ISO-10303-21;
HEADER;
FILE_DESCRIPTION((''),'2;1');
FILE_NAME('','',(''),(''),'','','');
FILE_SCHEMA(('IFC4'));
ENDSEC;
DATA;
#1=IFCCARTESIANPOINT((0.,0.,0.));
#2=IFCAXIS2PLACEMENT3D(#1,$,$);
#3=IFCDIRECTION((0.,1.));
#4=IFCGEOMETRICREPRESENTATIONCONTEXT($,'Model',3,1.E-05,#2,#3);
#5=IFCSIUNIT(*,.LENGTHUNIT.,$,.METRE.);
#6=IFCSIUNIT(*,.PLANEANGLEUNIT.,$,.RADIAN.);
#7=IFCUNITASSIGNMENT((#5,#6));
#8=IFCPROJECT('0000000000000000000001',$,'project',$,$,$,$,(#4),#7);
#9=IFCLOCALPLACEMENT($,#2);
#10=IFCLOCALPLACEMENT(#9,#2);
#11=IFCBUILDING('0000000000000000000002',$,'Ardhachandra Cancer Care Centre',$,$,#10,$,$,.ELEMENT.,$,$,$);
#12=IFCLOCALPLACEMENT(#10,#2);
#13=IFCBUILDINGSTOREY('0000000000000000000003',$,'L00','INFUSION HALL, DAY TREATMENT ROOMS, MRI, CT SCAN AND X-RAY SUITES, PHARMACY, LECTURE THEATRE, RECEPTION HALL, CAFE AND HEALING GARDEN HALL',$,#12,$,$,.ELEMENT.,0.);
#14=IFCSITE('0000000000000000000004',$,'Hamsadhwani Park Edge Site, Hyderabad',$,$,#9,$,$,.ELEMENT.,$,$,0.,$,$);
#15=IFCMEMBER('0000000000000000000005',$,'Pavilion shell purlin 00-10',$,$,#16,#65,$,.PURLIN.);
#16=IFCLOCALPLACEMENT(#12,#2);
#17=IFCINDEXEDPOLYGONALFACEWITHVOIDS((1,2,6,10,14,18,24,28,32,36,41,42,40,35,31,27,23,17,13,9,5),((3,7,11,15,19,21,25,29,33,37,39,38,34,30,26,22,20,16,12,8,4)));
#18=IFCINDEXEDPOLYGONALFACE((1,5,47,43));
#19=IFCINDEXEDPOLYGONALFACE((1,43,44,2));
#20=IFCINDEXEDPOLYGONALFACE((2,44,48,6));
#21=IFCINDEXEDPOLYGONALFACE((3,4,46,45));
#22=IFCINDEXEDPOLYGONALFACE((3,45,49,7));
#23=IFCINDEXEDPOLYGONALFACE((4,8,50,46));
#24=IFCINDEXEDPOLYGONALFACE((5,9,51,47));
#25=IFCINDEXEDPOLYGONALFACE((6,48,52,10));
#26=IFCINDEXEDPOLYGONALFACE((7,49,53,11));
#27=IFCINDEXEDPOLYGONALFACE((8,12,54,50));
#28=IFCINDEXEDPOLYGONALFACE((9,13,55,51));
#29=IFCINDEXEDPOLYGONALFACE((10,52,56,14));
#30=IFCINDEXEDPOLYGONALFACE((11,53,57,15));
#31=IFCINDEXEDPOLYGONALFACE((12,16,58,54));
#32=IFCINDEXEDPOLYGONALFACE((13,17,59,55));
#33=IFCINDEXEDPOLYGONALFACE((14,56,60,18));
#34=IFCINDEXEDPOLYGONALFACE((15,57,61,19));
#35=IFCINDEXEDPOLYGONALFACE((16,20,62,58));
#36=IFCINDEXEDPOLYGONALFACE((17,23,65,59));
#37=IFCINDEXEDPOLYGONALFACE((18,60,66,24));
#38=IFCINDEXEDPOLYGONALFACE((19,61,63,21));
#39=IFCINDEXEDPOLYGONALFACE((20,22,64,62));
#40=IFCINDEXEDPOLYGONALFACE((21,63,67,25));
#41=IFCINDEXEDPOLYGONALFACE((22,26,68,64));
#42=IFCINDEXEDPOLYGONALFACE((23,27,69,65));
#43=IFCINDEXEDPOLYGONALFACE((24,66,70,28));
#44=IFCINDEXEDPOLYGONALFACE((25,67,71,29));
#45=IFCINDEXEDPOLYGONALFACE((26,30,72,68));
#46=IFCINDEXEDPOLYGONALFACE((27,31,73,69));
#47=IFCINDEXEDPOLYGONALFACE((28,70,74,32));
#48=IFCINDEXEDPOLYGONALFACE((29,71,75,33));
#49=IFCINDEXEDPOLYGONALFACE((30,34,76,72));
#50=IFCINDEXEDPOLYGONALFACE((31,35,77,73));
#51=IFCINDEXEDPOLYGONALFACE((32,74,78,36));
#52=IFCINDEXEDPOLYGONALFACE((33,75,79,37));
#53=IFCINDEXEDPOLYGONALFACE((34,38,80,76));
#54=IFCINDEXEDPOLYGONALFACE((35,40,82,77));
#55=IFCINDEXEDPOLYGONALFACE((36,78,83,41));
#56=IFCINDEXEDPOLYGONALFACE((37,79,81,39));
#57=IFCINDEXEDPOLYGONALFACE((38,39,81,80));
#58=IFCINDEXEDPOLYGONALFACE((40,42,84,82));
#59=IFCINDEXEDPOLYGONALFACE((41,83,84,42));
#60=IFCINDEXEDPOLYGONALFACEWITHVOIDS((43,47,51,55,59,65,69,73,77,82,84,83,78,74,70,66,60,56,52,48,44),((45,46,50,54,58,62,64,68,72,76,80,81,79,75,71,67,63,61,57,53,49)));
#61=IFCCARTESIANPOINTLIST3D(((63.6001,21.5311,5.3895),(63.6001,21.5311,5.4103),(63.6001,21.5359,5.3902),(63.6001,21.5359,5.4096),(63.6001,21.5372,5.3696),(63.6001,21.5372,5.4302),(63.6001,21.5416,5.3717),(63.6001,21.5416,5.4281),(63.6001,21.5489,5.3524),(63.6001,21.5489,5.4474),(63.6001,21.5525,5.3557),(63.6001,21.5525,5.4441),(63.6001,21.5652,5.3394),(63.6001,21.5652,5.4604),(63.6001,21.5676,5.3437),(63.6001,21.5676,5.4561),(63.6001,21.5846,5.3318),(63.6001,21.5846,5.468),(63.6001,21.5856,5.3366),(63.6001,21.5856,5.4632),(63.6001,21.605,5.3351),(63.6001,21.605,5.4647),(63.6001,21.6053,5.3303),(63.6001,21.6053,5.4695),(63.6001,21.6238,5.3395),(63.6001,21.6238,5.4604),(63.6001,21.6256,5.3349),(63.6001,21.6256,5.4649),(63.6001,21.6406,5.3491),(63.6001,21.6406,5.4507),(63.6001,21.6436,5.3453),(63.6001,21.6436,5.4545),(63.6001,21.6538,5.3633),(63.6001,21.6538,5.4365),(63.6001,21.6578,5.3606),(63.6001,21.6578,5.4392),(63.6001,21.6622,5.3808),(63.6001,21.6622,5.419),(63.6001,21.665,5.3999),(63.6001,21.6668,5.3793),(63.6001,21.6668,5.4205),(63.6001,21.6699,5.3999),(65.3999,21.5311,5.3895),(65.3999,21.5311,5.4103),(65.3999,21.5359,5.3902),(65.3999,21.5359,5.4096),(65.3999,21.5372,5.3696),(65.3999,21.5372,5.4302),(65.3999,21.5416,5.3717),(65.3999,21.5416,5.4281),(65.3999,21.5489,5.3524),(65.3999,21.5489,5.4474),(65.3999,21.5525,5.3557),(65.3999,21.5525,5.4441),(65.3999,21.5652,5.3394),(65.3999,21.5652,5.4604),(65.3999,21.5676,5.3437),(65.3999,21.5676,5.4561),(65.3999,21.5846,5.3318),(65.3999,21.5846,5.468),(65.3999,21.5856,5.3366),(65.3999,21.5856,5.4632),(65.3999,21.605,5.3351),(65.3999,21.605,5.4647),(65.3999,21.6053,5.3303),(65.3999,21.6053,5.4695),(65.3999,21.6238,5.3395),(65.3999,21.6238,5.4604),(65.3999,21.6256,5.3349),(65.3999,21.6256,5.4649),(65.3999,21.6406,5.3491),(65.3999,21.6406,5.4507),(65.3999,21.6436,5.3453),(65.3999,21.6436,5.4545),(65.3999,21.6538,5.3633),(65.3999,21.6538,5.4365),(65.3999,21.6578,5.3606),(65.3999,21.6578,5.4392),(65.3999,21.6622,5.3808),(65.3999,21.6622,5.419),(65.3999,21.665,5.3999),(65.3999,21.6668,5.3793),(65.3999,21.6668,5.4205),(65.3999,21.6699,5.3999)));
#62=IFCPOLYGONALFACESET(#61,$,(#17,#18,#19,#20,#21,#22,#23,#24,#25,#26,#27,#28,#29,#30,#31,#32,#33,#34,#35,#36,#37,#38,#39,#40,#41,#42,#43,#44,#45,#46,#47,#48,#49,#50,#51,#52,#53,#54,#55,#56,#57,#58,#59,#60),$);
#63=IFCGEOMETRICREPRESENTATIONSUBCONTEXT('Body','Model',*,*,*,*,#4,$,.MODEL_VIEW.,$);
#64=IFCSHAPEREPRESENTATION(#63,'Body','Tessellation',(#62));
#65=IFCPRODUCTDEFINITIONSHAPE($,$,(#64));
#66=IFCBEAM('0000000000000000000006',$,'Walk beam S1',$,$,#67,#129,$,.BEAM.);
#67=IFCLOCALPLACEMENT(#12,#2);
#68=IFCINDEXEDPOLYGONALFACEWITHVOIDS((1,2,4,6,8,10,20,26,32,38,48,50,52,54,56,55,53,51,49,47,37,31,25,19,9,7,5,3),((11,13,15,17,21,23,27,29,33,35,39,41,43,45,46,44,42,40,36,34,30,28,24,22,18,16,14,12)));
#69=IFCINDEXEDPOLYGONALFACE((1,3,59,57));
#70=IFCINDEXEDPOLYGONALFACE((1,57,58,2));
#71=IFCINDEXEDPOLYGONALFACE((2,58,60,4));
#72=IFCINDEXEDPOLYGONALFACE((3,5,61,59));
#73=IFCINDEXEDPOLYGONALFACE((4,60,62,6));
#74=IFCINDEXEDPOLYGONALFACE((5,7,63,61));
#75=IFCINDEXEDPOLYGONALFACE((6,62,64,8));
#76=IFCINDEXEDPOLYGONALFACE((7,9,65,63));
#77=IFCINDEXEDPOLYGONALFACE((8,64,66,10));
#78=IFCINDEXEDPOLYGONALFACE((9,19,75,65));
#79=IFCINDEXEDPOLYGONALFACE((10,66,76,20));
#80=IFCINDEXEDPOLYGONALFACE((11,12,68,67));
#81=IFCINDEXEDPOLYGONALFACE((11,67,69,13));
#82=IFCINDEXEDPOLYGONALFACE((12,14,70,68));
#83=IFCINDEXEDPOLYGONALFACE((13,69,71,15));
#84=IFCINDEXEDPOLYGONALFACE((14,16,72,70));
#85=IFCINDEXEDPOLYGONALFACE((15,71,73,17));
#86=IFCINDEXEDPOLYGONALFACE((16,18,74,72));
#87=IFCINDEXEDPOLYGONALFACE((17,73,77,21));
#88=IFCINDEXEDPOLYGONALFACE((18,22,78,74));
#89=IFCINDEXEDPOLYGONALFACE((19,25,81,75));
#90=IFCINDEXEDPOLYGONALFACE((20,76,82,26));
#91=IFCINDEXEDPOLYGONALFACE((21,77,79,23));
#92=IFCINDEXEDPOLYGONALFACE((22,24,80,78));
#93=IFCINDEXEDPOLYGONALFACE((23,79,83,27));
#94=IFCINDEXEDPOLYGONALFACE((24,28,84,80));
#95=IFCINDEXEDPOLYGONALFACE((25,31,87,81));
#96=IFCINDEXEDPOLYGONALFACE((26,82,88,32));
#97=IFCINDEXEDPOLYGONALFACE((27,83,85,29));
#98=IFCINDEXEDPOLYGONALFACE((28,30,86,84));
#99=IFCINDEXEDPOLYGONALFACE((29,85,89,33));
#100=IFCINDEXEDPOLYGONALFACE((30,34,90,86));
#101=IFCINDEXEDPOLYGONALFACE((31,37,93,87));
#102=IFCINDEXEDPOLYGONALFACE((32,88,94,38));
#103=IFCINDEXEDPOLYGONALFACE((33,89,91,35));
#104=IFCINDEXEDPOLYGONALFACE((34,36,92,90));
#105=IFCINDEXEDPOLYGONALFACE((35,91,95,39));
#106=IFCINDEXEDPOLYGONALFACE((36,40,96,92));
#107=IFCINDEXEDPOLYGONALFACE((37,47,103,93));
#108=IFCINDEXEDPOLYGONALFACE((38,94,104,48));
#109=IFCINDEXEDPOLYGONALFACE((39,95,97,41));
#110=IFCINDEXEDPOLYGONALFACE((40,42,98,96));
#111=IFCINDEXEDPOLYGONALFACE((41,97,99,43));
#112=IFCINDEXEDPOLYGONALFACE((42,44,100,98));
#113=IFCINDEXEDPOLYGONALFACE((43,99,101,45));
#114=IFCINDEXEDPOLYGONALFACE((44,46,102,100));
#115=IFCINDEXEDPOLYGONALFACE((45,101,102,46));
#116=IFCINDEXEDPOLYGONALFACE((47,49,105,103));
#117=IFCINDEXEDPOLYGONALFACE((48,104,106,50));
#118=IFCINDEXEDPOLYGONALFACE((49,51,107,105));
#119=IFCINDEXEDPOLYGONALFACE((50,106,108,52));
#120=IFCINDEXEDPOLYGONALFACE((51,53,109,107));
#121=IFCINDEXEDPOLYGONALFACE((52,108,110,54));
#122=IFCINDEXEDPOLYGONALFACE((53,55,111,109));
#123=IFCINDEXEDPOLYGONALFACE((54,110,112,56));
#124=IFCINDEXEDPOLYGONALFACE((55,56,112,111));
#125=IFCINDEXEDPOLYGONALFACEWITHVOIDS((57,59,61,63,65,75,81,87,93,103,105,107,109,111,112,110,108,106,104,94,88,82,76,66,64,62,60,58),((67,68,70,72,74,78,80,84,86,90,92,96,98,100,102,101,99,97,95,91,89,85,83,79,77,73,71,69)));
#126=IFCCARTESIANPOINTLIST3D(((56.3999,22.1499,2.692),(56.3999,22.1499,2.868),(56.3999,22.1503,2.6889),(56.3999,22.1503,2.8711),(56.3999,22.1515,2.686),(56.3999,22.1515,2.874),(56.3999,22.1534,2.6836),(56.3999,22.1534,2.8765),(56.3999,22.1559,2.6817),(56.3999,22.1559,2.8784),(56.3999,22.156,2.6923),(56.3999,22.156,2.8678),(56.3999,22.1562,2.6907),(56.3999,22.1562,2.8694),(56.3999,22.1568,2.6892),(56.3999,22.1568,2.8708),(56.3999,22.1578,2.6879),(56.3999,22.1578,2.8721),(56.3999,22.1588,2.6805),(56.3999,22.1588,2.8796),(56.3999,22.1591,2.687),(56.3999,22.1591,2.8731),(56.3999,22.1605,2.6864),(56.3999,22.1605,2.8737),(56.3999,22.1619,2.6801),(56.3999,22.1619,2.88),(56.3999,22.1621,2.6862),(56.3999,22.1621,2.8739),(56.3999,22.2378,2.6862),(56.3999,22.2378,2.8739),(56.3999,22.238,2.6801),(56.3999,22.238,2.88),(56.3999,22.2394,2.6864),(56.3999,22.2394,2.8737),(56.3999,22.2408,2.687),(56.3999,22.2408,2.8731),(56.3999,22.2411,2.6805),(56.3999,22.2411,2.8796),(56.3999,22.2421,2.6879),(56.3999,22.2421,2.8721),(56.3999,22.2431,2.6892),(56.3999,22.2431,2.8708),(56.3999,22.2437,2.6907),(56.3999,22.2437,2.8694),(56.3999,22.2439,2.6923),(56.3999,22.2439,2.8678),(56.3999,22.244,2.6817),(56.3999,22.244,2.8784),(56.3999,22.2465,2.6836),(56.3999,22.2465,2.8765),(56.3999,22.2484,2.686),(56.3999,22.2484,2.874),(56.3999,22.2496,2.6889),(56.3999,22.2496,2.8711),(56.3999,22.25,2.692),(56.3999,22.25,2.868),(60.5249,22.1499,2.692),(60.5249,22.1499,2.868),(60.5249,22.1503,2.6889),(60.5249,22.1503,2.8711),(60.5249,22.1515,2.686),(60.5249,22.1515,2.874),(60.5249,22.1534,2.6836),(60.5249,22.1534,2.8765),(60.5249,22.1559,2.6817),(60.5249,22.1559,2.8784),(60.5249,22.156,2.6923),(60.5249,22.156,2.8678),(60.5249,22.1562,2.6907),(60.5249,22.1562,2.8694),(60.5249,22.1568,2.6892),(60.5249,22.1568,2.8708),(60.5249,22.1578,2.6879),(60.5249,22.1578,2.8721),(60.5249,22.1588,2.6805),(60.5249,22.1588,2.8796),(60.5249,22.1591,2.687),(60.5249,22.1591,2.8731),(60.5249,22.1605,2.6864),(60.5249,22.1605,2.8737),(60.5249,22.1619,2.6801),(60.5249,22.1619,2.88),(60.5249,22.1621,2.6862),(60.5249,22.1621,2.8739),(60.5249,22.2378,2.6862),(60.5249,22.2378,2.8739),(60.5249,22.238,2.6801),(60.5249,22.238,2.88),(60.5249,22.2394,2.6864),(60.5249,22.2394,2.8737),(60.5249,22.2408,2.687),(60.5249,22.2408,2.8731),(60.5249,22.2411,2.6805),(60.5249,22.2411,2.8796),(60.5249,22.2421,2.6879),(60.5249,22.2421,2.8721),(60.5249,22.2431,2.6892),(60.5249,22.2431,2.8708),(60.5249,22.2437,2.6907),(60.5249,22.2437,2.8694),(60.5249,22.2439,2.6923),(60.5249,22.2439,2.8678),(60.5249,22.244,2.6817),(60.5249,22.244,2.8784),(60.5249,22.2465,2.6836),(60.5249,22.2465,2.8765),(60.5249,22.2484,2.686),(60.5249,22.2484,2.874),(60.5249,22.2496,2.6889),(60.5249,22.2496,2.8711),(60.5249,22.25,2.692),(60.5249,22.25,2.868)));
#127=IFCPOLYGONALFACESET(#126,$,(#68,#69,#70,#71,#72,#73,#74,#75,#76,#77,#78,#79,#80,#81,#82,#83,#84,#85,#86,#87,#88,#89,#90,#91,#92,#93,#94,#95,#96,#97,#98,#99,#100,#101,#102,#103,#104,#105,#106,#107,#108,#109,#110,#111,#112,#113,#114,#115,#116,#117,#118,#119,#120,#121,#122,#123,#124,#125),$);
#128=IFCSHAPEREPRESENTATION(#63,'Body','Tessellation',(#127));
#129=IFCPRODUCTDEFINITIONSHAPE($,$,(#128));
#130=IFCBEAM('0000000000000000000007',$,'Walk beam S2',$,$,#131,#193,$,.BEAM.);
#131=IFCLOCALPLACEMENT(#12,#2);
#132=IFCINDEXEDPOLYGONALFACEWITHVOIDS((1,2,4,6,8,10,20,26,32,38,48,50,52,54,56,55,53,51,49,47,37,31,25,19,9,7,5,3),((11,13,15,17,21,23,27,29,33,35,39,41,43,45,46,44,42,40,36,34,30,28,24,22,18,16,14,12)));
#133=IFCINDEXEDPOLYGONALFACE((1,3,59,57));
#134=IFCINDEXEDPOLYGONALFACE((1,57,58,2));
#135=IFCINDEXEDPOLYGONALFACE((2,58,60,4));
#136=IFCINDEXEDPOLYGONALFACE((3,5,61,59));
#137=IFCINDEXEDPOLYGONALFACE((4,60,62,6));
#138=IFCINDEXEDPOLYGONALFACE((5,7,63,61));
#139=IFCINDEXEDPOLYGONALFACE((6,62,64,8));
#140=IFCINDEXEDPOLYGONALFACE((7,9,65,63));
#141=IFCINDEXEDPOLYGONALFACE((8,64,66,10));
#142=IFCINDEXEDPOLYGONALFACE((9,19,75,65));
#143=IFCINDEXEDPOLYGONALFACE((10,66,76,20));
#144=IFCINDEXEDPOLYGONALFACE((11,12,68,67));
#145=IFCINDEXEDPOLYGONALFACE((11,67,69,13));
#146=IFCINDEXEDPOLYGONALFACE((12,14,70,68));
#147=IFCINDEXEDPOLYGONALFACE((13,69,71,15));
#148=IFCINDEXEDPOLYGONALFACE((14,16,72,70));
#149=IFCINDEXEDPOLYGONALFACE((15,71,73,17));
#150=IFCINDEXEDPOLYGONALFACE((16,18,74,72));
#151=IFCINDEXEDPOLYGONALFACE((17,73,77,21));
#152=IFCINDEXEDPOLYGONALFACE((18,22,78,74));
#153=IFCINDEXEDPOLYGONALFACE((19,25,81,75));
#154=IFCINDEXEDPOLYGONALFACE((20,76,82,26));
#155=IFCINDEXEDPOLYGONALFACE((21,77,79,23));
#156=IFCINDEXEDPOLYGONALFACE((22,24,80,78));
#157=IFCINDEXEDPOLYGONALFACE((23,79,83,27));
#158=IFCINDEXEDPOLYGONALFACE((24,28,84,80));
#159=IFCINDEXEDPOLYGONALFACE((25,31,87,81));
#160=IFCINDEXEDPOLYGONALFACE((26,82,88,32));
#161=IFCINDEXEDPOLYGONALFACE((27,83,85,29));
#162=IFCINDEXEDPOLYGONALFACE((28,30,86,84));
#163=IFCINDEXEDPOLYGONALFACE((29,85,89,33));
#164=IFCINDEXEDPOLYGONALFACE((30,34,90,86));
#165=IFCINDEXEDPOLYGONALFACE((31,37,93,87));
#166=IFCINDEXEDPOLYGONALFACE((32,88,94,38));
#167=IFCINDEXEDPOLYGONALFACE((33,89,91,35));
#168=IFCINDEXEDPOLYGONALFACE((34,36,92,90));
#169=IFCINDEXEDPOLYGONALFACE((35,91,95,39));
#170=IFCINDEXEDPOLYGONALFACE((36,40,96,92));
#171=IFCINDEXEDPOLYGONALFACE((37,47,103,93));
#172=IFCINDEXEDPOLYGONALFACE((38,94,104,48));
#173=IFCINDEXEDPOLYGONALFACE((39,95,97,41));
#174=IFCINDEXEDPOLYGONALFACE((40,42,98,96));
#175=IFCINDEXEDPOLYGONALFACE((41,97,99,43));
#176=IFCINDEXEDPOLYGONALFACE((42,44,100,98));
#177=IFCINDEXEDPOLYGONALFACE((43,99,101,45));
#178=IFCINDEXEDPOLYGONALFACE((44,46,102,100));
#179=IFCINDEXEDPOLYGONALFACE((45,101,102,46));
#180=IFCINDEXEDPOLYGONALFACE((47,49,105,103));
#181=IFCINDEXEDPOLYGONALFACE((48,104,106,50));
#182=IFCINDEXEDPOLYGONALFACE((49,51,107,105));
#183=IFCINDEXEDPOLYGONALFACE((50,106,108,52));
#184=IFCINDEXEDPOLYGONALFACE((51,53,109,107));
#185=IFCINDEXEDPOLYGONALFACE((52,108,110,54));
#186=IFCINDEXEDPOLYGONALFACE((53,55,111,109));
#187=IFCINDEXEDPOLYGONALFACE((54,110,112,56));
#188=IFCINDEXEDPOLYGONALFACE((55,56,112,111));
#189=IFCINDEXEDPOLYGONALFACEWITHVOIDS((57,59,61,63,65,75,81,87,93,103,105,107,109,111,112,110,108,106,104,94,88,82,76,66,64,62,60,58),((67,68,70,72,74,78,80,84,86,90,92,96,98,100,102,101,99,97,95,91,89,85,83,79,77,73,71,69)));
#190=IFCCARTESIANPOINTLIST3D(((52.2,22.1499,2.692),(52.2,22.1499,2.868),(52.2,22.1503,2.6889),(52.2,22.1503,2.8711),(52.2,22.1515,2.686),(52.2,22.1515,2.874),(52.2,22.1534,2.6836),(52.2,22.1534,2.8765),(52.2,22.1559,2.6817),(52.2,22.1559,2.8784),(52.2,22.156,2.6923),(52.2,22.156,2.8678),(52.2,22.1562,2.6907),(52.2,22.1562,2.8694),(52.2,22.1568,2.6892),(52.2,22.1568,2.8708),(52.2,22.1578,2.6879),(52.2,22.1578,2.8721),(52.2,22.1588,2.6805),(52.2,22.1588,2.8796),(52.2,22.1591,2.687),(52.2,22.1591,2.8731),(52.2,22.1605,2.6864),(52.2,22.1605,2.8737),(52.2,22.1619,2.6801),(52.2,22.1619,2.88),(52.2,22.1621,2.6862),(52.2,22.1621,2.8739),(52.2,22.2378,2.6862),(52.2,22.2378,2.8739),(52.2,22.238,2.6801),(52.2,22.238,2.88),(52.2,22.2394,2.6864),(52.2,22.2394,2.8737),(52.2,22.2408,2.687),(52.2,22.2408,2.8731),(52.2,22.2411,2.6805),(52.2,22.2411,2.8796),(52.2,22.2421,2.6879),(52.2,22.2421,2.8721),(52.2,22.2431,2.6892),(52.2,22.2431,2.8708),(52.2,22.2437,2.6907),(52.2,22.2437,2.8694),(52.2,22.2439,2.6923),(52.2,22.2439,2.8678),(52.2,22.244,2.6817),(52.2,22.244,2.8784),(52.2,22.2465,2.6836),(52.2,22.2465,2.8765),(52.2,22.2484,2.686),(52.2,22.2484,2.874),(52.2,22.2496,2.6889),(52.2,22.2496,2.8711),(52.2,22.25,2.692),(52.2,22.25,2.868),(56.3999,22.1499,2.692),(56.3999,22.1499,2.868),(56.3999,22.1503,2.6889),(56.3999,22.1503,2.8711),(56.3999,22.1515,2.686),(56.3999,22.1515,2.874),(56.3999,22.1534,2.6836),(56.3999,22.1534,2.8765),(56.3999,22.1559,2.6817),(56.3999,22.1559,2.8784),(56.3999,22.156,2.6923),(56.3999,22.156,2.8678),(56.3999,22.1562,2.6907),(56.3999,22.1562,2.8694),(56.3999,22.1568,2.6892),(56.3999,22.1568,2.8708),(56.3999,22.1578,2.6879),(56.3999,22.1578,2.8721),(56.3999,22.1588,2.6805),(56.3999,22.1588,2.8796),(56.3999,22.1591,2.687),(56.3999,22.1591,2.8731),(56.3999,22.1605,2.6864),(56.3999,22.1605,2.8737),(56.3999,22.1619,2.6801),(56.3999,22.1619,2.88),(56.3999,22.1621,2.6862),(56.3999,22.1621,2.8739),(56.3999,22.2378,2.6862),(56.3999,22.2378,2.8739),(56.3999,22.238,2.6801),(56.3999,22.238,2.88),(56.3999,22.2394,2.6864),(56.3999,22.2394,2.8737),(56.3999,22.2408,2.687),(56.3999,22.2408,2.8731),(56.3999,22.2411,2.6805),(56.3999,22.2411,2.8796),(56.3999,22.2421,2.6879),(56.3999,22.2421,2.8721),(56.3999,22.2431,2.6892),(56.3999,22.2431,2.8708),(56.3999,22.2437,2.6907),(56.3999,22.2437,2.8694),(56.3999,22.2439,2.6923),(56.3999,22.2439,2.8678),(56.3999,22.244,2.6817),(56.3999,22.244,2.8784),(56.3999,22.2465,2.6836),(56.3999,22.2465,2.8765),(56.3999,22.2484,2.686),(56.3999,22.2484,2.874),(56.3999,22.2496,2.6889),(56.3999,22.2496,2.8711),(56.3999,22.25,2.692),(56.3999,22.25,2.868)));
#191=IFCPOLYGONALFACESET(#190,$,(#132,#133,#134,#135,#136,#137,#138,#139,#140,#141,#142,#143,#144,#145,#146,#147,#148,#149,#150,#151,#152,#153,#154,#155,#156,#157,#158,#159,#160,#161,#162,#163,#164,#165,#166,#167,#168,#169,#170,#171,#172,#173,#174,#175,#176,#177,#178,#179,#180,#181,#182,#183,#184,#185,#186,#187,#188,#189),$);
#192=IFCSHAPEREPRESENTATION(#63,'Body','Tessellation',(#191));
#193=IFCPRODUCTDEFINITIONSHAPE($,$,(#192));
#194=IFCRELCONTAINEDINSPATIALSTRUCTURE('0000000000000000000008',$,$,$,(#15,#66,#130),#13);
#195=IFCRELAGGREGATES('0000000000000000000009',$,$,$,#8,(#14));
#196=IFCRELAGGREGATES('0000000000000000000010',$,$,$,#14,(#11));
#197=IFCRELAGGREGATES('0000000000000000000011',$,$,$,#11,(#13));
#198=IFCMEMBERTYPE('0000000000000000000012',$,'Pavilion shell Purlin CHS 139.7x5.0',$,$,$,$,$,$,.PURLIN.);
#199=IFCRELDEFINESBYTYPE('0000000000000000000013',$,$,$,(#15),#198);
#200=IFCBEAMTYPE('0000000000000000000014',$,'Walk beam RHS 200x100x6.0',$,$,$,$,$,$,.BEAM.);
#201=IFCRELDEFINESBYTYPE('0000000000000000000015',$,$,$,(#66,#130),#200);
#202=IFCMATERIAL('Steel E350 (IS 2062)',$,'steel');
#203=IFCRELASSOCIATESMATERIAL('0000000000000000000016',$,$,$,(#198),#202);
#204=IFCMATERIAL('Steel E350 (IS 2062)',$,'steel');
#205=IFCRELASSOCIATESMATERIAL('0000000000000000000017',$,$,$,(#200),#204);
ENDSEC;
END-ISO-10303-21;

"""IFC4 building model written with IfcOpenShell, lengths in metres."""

from ifc_helpers import new_model, si_unit, direction, frame, origin, origin_2d, place, context, subcontext, project, spatial, hollow_rectangle, hollow_circle, extrude, material, material_profile, profile_set, type_object, element, save


model = new_model("IFC4")

# Units and contexts
model_context = context("Model", 3, precision=1e-05, world=origin(), true_north=direction((0.0, 1.0)))
body_context = subcontext(model_context, "Body", "Model", "MODEL_VIEW")
ifc_project = project(units=[si_unit("LENGTHUNIT", "METRE"), si_unit("PLANEANGLEUNIT", "RADIAN")], contexts=[model_context])

# Site, building, storey
site_placement = place(None, origin())
site = spatial("IfcSite", under=ifc_project, at=site_placement, Name="Hamsadhwani Park Edge Site, Hyderabad", CompositionType="ELEMENT", RefElevation=0.0)
building_placement = place(site_placement, origin())
building = spatial("IfcBuilding", under=site, at=building_placement, Name="Ardhachandra Cancer Care Centre", CompositionType="ELEMENT")
storey_placement = place(building_placement, origin())
storey = spatial("IfcBuildingStorey", under=building, at=storey_placement, Name="L00", Description="INFUSION HALL, DAY TREATMENT ROOMS, MRI, CT SCAN AND X-RAY SUITES, PHARMACY, LECTURE THEATRE, RECEPTION HALL, CAFE AND HEALING GARDEN HALL", CompositionType="ELEMENT", Elevation=0.0)

# Member
ifc_material_1 = material(Name="Steel E350 (IS 2062)", Category="steel")
ifc_material_profile_1 = material_profile(ifc_material_1, hollow_circle(Radius=0.0698, WallThickness=0.0049, at=origin_2d()), Name="CHS 139.7x5.0")
ifc_profile_set_1 = profile_set([ifc_material_profile_1], Name="Steel E350 (IS 2062)")
member_type_1 = type_object("IfcMemberType", Name="Pavilion shell Purlin CHS 139.7x5.0", PredefinedType="PURLIN", material=ifc_profile_set_1)
member_1_placement = place(storey_placement, frame((63.6001, 21.6001, 5.3999), z_axis=(1.0, 0.0, 0.0), x_axis=(0.0, 1.0, 0.0)))
element("IfcMember", 1, at=member_1_placement, inside=storey, type_object=member_type_1, Name="Pavilion shell purlin 00-10", PredefinedType="PURLIN", context=body_context, shape_type="SweptSolid", body=[
    extrude(hollow_circle(Radius=0.0698, WallThickness=0.0049, at=origin_2d()), origin(), (0.0, 0.0, 1.0), 1.7998),
])

# Beams
ifc_material_2 = material(Name="Steel E350 (IS 2062)", Category="steel")
ifc_material_profile_2 = material_profile(ifc_material_2, hollow_rectangle(XDim=0.1001, YDim=0.2, WallThickness=0.0061, InnerFilletRadius=0.0061, OuterFilletRadius=0.012, at=origin_2d()), Name="RHS 200x100x6.0")
ifc_profile_set_2 = profile_set([ifc_material_profile_2], Name="Steel E350 (IS 2062)")
beam_type_1 = type_object("IfcBeamType", Name="Walk beam RHS 200x100x6.0", PredefinedType="BEAM", material=ifc_profile_set_2)
beam_1_placement = place(storey_placement, frame((56.3999, 22.2, 2.78), z_axis=(1.0, 0.0, 0.0), x_axis=(0.0, 1.0, 0.0)))
element("IfcBeam", 2, at=beam_1_placement, inside=storey, type_object=beam_type_1, Name="Walk beam S1", PredefinedType="BEAM", context=body_context, shape_type="SweptSolid", body=[
    extrude(hollow_rectangle(XDim=0.1001, YDim=0.2, WallThickness=0.0061, InnerFilletRadius=0.0061, OuterFilletRadius=0.012, at=origin_2d()), origin(), (0.0, 0.0, 1.0), 4.125),
])
beam_2_placement = place(storey_placement, frame((52.2, 22.2, 2.78), z_axis=(1.0, 0.0, 0.0), x_axis=(0.0, 1.0, 0.0)))
element("IfcBeam", 3, at=beam_2_placement, inside=storey, type_object=beam_type_1, Name="Walk beam S2", PredefinedType="BEAM", context=body_context, shape_type="SweptSolid", body=[
    extrude(hollow_rectangle(XDim=0.1001, YDim=0.2, WallThickness=0.0061, InnerFilletRadius=0.0061, OuterFilletRadius=0.012, at=origin_2d()), origin(), (0.0, 0.0, 1.0), 4.2),
])

save(model, "model.ifc")
